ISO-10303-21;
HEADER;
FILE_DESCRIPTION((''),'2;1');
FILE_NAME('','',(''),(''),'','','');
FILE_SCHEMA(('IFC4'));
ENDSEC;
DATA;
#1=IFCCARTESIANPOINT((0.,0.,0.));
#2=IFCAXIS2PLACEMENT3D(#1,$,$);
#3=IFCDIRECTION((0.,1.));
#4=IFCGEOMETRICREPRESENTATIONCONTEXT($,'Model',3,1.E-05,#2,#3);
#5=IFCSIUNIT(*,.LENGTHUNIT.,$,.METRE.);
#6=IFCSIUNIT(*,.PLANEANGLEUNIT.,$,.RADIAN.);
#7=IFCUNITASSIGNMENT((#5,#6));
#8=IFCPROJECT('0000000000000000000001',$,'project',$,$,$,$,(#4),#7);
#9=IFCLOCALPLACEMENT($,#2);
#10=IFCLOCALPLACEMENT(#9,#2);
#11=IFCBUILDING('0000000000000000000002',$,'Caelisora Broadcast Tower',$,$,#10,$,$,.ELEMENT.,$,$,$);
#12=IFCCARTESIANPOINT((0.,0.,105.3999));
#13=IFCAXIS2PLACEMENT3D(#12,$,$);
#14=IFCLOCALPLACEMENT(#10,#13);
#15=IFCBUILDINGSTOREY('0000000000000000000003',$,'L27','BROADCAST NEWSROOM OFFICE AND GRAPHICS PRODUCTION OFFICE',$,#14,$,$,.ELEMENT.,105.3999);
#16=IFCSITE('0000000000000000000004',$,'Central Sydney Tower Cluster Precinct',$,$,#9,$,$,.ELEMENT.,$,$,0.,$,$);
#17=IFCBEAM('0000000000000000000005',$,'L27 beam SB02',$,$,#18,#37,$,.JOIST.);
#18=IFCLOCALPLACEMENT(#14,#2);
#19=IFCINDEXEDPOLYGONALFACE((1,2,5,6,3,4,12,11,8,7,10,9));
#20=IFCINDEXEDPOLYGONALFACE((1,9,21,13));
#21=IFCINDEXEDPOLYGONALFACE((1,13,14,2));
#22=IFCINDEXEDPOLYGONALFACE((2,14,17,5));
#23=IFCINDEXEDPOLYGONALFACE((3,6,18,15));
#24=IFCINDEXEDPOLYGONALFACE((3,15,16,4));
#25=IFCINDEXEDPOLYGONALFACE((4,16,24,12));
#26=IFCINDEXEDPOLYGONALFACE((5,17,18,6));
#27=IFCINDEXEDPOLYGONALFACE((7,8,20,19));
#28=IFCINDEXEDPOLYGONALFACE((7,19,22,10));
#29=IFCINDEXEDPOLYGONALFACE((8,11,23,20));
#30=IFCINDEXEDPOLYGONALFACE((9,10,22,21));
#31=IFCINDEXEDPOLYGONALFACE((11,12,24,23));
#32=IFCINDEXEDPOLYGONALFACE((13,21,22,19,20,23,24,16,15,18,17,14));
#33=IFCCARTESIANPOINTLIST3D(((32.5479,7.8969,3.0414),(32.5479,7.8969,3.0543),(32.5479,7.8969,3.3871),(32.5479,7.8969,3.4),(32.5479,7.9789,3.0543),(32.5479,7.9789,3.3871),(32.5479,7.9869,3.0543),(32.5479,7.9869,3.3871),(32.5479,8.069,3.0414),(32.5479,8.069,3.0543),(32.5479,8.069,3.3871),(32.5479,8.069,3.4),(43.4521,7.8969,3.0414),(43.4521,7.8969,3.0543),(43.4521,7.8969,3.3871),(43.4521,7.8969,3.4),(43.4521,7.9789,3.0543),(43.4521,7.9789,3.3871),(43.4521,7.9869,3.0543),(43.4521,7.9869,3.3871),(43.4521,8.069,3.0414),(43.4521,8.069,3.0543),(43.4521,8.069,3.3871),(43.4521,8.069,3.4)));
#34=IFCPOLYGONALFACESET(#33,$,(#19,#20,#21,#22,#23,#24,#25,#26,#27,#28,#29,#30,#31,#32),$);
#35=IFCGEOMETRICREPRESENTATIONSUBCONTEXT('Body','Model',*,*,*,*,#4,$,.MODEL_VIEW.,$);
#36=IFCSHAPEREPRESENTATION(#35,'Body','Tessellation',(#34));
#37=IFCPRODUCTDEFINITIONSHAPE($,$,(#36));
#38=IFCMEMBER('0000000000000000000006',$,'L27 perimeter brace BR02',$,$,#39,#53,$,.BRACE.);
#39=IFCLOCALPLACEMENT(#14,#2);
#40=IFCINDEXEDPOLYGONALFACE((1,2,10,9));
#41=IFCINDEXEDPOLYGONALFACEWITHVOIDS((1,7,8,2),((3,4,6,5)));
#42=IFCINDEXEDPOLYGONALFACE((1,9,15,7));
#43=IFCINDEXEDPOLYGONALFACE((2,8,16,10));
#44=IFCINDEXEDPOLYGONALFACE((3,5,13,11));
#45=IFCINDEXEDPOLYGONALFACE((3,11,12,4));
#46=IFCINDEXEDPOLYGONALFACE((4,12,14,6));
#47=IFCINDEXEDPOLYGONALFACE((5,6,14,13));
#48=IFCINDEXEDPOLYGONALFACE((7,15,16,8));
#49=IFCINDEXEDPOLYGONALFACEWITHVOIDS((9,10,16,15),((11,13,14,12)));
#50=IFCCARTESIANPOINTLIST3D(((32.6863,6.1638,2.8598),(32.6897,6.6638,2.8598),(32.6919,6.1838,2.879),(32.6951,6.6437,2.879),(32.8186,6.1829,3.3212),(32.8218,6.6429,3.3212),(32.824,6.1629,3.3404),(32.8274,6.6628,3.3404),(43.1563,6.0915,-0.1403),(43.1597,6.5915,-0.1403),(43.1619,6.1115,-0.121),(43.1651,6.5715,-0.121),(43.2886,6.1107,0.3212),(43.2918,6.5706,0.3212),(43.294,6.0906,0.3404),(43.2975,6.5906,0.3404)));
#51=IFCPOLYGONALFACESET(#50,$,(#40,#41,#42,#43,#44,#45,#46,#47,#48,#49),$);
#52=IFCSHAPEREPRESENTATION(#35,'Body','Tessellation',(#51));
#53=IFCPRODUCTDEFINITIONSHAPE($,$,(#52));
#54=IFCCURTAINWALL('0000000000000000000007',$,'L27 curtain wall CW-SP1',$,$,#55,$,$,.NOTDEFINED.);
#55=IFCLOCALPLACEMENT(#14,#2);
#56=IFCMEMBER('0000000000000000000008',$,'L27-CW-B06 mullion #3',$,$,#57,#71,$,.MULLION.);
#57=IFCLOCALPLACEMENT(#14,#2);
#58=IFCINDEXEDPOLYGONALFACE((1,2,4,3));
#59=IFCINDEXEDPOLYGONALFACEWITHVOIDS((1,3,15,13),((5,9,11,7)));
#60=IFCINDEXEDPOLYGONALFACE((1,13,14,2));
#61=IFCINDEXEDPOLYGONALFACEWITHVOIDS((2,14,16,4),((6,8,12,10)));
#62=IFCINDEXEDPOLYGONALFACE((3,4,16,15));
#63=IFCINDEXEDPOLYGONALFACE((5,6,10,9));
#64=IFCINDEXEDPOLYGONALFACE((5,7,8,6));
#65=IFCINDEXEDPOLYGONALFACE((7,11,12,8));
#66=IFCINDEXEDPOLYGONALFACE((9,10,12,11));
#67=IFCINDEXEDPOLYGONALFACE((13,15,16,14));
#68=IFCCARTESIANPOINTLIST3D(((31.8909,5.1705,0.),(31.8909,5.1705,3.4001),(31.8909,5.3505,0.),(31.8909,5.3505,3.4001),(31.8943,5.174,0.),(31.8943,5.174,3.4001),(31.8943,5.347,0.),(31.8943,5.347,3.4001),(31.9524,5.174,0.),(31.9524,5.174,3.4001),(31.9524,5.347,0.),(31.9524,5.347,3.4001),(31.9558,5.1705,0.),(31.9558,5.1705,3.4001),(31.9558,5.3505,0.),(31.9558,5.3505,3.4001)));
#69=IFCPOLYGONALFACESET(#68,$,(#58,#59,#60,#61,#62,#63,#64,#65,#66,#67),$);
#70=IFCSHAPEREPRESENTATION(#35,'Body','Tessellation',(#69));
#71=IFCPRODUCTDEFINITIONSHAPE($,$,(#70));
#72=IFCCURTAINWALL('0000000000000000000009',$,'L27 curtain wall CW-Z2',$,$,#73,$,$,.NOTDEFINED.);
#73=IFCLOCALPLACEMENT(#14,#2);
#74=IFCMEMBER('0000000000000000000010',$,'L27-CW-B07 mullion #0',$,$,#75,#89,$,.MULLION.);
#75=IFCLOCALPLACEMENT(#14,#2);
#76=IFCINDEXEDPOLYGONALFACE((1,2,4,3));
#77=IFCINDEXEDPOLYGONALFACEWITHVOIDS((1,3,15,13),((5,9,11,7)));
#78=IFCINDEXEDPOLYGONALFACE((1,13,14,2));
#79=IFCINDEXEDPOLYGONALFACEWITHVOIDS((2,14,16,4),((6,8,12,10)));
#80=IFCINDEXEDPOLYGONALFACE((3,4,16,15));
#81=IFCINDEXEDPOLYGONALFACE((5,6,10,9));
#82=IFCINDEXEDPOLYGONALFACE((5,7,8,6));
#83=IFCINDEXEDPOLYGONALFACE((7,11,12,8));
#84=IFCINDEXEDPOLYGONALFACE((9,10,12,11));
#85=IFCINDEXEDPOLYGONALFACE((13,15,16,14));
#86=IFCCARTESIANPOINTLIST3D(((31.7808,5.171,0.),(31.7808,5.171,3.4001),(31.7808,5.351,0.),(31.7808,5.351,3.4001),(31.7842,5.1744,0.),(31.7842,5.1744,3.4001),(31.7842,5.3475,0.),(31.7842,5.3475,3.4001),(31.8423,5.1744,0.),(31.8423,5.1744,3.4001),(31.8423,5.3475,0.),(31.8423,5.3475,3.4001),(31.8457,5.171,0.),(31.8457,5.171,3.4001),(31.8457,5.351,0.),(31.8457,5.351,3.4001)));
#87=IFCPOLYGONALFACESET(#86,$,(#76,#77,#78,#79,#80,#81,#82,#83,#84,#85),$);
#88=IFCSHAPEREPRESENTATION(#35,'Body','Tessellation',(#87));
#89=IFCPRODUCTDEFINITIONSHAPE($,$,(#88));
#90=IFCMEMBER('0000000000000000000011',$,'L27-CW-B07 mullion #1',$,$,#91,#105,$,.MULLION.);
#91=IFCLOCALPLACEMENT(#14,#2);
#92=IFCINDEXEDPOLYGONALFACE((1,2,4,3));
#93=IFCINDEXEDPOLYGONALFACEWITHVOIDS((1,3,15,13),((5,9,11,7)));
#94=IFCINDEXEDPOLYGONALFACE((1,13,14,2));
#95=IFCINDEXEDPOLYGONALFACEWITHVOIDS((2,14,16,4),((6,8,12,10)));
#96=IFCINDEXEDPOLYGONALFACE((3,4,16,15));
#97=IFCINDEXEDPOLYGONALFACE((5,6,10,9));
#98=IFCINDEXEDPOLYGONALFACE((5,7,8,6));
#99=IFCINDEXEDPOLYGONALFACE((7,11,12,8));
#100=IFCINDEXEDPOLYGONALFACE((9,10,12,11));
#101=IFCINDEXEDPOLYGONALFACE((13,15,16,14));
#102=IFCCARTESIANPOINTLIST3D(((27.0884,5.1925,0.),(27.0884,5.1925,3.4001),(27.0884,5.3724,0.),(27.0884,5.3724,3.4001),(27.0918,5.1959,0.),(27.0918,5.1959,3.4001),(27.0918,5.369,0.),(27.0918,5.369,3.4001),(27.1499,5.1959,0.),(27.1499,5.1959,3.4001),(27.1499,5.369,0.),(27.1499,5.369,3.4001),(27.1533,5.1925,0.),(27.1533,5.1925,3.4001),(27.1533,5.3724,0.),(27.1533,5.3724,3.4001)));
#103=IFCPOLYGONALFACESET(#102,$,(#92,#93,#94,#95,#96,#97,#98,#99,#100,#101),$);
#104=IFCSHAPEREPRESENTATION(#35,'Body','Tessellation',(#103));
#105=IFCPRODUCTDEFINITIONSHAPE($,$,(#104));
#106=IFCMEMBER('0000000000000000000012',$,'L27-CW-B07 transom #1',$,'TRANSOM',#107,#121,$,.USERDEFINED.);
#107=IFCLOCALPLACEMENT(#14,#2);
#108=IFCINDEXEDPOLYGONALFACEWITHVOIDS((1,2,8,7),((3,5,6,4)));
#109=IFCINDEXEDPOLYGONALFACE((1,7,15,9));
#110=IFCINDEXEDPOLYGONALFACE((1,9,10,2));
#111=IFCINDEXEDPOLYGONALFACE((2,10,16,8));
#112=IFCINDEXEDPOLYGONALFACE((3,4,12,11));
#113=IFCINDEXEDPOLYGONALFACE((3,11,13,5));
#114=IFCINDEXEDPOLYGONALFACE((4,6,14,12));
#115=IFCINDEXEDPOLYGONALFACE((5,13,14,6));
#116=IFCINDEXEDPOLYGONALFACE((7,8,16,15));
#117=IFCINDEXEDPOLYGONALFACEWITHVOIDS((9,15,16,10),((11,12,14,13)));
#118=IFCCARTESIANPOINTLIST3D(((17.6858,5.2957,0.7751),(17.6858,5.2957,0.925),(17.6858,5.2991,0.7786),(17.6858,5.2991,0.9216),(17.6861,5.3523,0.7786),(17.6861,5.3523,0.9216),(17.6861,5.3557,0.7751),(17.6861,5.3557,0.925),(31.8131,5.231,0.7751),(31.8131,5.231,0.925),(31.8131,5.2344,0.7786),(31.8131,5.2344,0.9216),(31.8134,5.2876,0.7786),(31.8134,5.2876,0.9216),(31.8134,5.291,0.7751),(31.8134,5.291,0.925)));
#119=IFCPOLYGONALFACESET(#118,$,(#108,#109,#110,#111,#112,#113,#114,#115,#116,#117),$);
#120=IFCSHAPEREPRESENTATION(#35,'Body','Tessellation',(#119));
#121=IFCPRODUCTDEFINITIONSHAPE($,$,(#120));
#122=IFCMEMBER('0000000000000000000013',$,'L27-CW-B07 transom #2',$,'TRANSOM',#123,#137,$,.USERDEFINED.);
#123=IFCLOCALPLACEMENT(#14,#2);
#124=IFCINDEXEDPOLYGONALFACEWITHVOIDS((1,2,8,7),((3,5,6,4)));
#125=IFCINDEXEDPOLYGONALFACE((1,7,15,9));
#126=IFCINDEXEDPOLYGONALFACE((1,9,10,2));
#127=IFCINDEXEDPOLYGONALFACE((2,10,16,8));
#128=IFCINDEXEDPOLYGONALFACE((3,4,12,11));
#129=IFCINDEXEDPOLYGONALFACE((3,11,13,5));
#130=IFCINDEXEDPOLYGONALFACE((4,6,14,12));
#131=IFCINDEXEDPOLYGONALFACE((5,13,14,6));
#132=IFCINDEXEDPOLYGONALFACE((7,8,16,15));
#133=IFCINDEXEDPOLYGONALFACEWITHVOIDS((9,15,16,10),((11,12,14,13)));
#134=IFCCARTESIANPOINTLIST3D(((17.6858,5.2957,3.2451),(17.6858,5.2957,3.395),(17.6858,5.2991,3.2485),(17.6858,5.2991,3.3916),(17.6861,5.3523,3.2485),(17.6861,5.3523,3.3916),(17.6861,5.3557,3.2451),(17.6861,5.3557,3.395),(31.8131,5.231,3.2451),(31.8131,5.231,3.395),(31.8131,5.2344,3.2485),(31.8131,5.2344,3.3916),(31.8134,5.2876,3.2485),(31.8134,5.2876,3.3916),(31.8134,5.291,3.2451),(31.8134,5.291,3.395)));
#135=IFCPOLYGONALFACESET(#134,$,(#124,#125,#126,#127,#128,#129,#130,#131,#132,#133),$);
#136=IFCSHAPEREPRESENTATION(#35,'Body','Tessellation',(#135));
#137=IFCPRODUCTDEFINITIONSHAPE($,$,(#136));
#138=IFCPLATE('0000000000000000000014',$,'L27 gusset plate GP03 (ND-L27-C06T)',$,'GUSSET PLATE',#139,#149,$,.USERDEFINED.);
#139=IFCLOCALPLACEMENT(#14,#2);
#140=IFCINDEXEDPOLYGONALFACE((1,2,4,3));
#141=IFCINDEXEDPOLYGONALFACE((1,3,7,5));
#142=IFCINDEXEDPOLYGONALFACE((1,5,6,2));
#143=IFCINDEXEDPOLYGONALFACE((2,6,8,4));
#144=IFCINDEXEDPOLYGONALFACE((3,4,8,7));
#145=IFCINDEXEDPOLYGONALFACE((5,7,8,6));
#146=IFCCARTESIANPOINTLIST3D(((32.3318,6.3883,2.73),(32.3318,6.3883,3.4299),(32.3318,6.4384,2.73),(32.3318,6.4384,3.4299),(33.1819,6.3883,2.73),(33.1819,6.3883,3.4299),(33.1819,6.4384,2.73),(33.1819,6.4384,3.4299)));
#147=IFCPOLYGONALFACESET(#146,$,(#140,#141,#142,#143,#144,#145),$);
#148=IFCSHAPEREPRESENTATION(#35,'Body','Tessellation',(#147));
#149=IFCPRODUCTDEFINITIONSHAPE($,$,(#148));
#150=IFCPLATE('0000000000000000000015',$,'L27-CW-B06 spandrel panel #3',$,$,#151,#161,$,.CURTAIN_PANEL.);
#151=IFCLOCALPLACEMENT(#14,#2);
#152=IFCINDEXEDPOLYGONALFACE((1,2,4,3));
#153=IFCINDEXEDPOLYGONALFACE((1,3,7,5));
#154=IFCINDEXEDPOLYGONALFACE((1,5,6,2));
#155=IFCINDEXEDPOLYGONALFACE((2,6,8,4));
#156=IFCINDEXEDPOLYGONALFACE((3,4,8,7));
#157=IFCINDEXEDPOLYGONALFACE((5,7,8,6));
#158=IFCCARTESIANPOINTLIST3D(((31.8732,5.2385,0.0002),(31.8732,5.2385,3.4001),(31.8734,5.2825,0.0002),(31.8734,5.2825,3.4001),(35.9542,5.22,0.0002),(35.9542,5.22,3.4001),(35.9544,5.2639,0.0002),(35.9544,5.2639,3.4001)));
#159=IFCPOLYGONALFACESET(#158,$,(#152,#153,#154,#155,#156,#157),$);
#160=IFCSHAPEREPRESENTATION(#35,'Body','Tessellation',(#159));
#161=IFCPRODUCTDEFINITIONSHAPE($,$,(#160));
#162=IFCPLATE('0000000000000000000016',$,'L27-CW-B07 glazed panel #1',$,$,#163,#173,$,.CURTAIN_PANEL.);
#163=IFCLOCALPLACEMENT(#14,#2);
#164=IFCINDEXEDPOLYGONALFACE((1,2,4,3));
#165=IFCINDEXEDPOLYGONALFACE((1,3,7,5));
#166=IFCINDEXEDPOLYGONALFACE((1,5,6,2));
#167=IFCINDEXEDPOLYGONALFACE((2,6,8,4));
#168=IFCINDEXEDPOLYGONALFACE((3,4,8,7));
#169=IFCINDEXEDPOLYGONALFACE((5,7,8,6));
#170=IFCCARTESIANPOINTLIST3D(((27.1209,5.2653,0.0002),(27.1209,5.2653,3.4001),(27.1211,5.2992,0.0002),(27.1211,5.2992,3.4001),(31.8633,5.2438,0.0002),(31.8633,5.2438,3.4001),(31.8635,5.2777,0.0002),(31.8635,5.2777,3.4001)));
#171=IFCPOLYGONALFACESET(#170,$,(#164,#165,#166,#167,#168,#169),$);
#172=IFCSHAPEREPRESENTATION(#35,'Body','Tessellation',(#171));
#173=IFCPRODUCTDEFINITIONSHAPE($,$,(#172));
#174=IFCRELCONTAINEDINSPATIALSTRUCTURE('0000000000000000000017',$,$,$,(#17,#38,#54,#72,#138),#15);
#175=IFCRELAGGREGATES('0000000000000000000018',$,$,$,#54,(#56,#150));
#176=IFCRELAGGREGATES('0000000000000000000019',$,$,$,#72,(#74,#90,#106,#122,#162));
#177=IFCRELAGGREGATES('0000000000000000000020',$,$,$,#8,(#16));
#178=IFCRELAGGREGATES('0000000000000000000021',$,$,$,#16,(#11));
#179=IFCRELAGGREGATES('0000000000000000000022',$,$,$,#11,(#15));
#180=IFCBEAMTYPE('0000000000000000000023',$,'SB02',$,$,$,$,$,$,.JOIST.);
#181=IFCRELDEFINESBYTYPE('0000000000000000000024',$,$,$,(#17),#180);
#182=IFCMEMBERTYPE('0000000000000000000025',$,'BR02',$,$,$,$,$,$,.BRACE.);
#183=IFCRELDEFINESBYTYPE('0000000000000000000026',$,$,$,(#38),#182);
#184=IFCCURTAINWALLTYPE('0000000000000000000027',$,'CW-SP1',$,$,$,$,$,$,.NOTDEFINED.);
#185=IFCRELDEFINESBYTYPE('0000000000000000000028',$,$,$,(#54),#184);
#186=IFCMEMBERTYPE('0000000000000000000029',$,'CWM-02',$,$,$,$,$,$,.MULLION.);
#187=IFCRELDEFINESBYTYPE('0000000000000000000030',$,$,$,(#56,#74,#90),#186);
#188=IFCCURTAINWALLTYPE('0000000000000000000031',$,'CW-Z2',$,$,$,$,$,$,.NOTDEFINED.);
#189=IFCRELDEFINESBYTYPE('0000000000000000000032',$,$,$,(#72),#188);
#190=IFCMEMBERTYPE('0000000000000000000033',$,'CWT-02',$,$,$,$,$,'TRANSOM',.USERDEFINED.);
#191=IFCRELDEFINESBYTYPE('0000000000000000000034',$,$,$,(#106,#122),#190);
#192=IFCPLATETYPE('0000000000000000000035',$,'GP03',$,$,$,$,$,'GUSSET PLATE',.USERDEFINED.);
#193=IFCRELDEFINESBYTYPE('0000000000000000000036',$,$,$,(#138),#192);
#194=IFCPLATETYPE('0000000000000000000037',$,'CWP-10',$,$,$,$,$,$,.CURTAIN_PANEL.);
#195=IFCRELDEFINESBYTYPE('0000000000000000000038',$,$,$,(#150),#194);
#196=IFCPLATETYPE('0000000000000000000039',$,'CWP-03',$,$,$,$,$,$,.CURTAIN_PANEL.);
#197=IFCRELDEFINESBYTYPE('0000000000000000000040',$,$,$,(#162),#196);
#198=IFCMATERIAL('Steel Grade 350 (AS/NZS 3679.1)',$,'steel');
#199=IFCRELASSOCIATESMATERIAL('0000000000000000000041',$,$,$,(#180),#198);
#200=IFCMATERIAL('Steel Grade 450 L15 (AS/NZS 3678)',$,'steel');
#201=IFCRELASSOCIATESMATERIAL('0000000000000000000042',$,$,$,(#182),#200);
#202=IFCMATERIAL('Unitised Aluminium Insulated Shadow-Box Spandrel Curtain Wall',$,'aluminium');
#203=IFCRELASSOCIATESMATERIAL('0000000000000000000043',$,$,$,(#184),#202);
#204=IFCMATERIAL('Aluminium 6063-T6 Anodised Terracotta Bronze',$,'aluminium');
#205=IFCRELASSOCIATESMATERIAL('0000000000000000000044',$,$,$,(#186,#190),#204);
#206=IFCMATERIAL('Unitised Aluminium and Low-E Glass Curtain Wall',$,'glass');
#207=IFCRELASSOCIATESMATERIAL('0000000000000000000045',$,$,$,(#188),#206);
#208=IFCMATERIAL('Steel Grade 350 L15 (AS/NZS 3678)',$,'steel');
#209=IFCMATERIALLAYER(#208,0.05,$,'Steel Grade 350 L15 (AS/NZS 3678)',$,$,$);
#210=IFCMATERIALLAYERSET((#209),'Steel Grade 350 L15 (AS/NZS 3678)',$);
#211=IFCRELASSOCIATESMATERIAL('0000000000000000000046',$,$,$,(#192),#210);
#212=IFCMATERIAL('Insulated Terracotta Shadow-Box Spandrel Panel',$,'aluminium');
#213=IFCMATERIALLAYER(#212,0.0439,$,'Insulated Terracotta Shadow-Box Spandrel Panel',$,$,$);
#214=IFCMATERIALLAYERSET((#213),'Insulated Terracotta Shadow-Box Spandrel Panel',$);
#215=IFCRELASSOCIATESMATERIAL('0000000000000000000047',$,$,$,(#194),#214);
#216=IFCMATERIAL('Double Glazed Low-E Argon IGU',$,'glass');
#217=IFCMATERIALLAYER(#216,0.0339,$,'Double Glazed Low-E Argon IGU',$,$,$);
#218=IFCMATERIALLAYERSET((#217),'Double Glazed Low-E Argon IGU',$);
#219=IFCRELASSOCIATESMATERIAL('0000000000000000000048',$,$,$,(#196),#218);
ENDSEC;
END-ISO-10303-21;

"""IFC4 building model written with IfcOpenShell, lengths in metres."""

from ifc_helpers import new_model, si_unit, direction, frame, origin, origin_2d, place, context, subcontext, project, spatial, rectangle, hollow_rectangle, i_section, extrude, source, transform, mapped, material, layer, layer_set, material_profile, profile_set, type_object, type_shapes, element, aggregate, save


model = new_model("IFC4")

# Units and contexts
model_context = context("Model", 3, precision=1e-05, world=origin(), true_north=direction((0.0, 1.0)))
body_context = subcontext(model_context, "Body", "Model", "MODEL_VIEW")
ifc_project = project(units=[si_unit("LENGTHUNIT", "METRE"), si_unit("PLANEANGLEUNIT", "RADIAN")], contexts=[model_context])

# Site, building, storey
site_placement = place(None, origin())
site = spatial("IfcSite", under=ifc_project, at=site_placement, Name="Central Sydney Tower Cluster Precinct", CompositionType="ELEMENT", RefElevation=0.0)
building_placement = place(site_placement, origin())
building = spatial("IfcBuilding", under=site, at=building_placement, Name="Caelisora Broadcast Tower", CompositionType="ELEMENT")
storey_placement = place(building_placement, frame((0.0, 0.0, 105.3999)))
storey = spatial("IfcBuildingStorey", under=building, at=storey_placement, Name="L27", Description="BROADCAST NEWSROOM OFFICE AND GRAPHICS PRODUCTION OFFICE", CompositionType="ELEMENT", Elevation=105.3999)

# Shared definitions
ifc_material_1 = material(Name="Steel Grade 350 L15 (AS/NZS 3678)", Category="steel")

# Beam
ifc_material_2 = material(Name="Steel Grade 350 (AS/NZS 3679.1)", Category="steel")
ifc_material_profile_1 = material_profile(ifc_material_2, i_section(OverallWidth=0.1721, OverallDepth=0.3586, WebThickness=0.0081, FlangeThickness=0.0129, at=origin_2d()), Name="Steel Grade 350 (AS/NZS 3679.1)")
ifc_profile_set_1 = profile_set([ifc_material_profile_1], Name="Steel Grade 350 (AS/NZS 3679.1)")
beam_type_1 = type_object("IfcBeamType", Name="SB02", PredefinedType="JOIST", material=ifc_profile_set_1)
shared_shape_1 = source(origin(), body_context, "Body", "SweptSolid", [
    extrude(i_section(OverallWidth=0.1721, OverallDepth=0.3586, WebThickness=0.0081, FlangeThickness=0.0129, at=origin_2d()), origin(), (0.0, 0.0, 1.0), 10.9043),
])
beam_1_placement = place(storey_placement, frame((32.5479, 7.9829, 3.2207), z_axis=(1.0, 0.0, 0.0), x_axis=(0.0, 1.0, 0.0)))
element("IfcBeam", 1, at=beam_1_placement, inside=storey, type_object=beam_type_1, Name="L27 beam SB02", PredefinedType="JOIST", context=body_context, shape_type="MappedRepresentation", body=[
    mapped(shared_shape_1, transform((0.0, 0.0, 0.0), scale=1.0)),
])

# Member
ifc_material_3 = material(Name="Steel Grade 450 L15 (AS/NZS 3678)", Category="steel")
ifc_material_profile_2 = material_profile(ifc_material_3, hollow_rectangle(XDim=0.5, YDim=0.5, WallThickness=0.02, at=origin_2d()), Name="Steel Grade 450 L15 (AS/NZS 3678)")
ifc_profile_set_2 = profile_set([ifc_material_profile_2], Name="Steel Grade 450 L15 (AS/NZS 3678)")
member_type_1 = type_object("IfcMemberType", Name="BR02", PredefinedType="BRACE", material=ifc_profile_set_2)
shared_shape_2 = source(origin(), body_context, "Body", "SweptSolid", [
    extrude(hollow_rectangle(XDim=0.5, YDim=0.5, WallThickness=0.02, at=origin_2d()), origin(), (0.0, 0.0, 1.0), 10.8916),
])
type_shapes(member_type_1, [shared_shape_2])
member_1_placement = place(storey_placement, frame((32.7568, 6.4133, 3.1001), z_axis=(0.961294, -0.006635, -0.275443), x_axis=(0.006902, 0.999976, 0.0)))
element("IfcMember", 2, at=member_1_placement, inside=storey, type_object=member_type_1, Name="L27 perimeter brace BR02", PredefinedType="BRACE", context=body_context, shape_type="MappedRepresentation", body=[
    mapped(shared_shape_2, transform((0.0, 0.0, 0.0), scale=1.0)),
])

# Curtain wall, member
ifc_material_4 = material(Name="Unitised Aluminium Insulated Shadow-Box Spandrel Curtain Wall", Category="aluminium")
curtain_wall_type_1 = type_object("IfcCurtainWallType", Name="CW-SP1", PredefinedType="NOTDEFINED", material=ifc_material_4)
curtain_wall_1_placement = place(storey_placement, origin())
curtain_wall_1 = element("IfcCurtainWall", 3, at=curtain_wall_1_placement, inside=storey, type_object=curtain_wall_type_1, Name="L27 curtain wall CW-SP1", PredefinedType="NOTDEFINED")
ifc_material_5 = material(Name="Aluminium 6063-T6 Anodised Terracotta Bronze", Category="aluminium")
ifc_material_profile_3 = material_profile(ifc_material_5, hollow_rectangle(XDim=0.0649, YDim=0.1799, WallThickness=0.0034, at=origin_2d()), Name="Aluminium 6063-T6 Anodised Terracotta Bronze")
ifc_profile_set_3 = profile_set([ifc_material_profile_3], Name="Aluminium 6063-T6 Anodised Terracotta Bronze")
member_type_2 = type_object("IfcMemberType", Name="CWM-02", PredefinedType="MULLION", material=ifc_profile_set_3)
shared_shape_3 = source(origin(), body_context, "Body", "SweptSolid", [
    extrude(hollow_rectangle(XDim=0.0649, YDim=0.1799, WallThickness=0.0034, at=origin_2d()), origin(), (0.0, 0.0, 1.0), 3.4001),
])
type_shapes(member_type_2, [shared_shape_3])
member_2_placement = place(storey_placement, frame((31.9233, 5.2605, 0.0), z_axis=(0.0, 0.0, 1.0), x_axis=(1.0, 0.0, 0.0)))
member_2 = element("IfcMember", 4, at=member_2_placement, type_object=member_type_2, Name="L27-CW-B06 mullion #3", PredefinedType="MULLION", context=body_context, shape_type="MappedRepresentation", body=[
    mapped(shared_shape_3, transform((0.0, 0.0, 0.0), scale=1.0)),
])

# Curtain wall, members
ifc_material_6 = material(Name="Unitised Aluminium and Low-E Glass Curtain Wall", Category="glass")
curtain_wall_type_2 = type_object("IfcCurtainWallType", Name="CW-Z2", PredefinedType="NOTDEFINED", material=ifc_material_6)
curtain_wall_2_placement = place(storey_placement, origin())
curtain_wall_2 = element("IfcCurtainWall", 5, at=curtain_wall_2_placement, inside=storey, type_object=curtain_wall_type_2, Name="L27 curtain wall CW-Z2", PredefinedType="NOTDEFINED")
member_3_placement = place(storey_placement, frame((31.8132, 5.261, 0.0), z_axis=(0.0, 0.0, 1.0), x_axis=(1.0, 0.0, 0.0)))
member_3 = element("IfcMember", 6, at=member_3_placement, type_object=member_type_2, Name="L27-CW-B07 mullion #0", PredefinedType="MULLION", context=body_context, shape_type="MappedRepresentation", body=[
    mapped(shared_shape_3, transform((0.0, 0.0, 0.0), scale=1.0)),
])
member_4_placement = place(storey_placement, frame((27.1208, 5.2825, 0.0), z_axis=(0.0, 0.0, 1.0), x_axis=(1.0, 0.0, 0.0)))
member_4 = element("IfcMember", 7, at=member_4_placement, type_object=member_type_2, Name="L27-CW-B07 mullion #1", PredefinedType="MULLION", context=body_context, shape_type="MappedRepresentation", body=[
    mapped(shared_shape_3, transform((0.0, 0.0, 0.0), scale=1.0)),
])
ifc_material_profile_4 = material_profile(ifc_material_5, hollow_rectangle(XDim=0.0601, YDim=0.1499, WallThickness=0.0034, at=origin_2d()), Name="Aluminium 6063-T6 Anodised Terracotta Bronze")
ifc_profile_set_4 = profile_set([ifc_material_profile_4], Name="Aluminium 6063-T6 Anodised Terracotta Bronze")
member_type_3 = type_object("IfcMemberType", Name="CWT-02", ElementType="TRANSOM", PredefinedType="USERDEFINED", material=ifc_profile_set_4)
shared_shape_4 = source(origin(), body_context, "Body", "SweptSolid", [
    extrude(hollow_rectangle(XDim=0.0601, YDim=0.1499, WallThickness=0.0034, at=origin_2d()), origin(), (0.0, 0.0, 1.0), 14.1274),
])
type_shapes(member_type_3, [shared_shape_4])
member_5_placement = place(storey_placement, frame((31.8132, 5.261, 0.8501), z_axis=(-0.99999, 0.00458, 0.0), x_axis=(-0.00458, -0.99999, 0.0)))
member_5 = element("IfcMember", 8, at=member_5_placement, type_object=member_type_3, Name="L27-CW-B07 transom #1", ObjectType="TRANSOM", PredefinedType="USERDEFINED", context=body_context, shape_type="MappedRepresentation", body=[
    mapped(shared_shape_4, transform((0.0, 0.0, 0.0), scale=1.0)),
])
member_6_placement = place(storey_placement, frame((31.8132, 5.261, 3.3201), z_axis=(-0.99999, 0.00458, 0.0), x_axis=(-0.00458, -0.99999, 0.0)))
member_6 = element("IfcMember", 9, at=member_6_placement, type_object=member_type_3, Name="L27-CW-B07 transom #2", ObjectType="TRANSOM", PredefinedType="USERDEFINED", context=body_context, shape_type="MappedRepresentation", body=[
    mapped(shared_shape_4, transform((0.0, 0.0, 0.0), scale=1.0)),
])

# Plates
ifc_layer_1 = layer(ifc_material_1, 0.05, Name="Steel Grade 350 L15 (AS/NZS 3678)")
ifc_layer_set_1 = layer_set([ifc_layer_1], Name="Steel Grade 350 L15 (AS/NZS 3678)")
plate_type_1 = type_object("IfcPlateType", Name="GP03", ElementType="GUSSET PLATE", PredefinedType="USERDEFINED", material=ifc_layer_set_1)
shared_shape_5 = source(origin(), body_context, "Body", "SweptSolid", [
    extrude(rectangle(XDim=0.8501, YDim=0.05, at=origin_2d()), origin(), (0.0, 0.0, 1.0), 0.7),
])
type_shapes(plate_type_1, [shared_shape_5])
plate_1_placement = place(storey_placement, frame((32.7568, 6.4133, 2.73), z_axis=(0.0, 0.0, 1.0), x_axis=(1.0, 0.0, 0.0)))
element("IfcPlate", 10, at=plate_1_placement, inside=storey, type_object=plate_type_1, Name="L27 gusset plate GP03 (ND-L27-C06T)", ObjectType="GUSSET PLATE", PredefinedType="USERDEFINED", context=body_context, shape_type="MappedRepresentation", body=[
    mapped(shared_shape_5, transform((0.0, 0.0, 0.0), scale=1.0)),
])
ifc_material_7 = material(Name="Insulated Terracotta Shadow-Box Spandrel Panel", Category="aluminium")
ifc_layer_2 = layer(ifc_material_7, 0.0439, Name="Insulated Terracotta Shadow-Box Spandrel Panel")
ifc_layer_set_2 = layer_set([ifc_layer_2], Name="Insulated Terracotta Shadow-Box Spandrel Panel")
plate_type_2 = type_object("IfcPlateType", Name="CWP-10", PredefinedType="CURTAIN_PANEL", material=ifc_layer_set_2)
shared_shape_6 = source(origin(), body_context, "Body", "SweptSolid", [
    extrude(rectangle(XDim=4.0811, YDim=0.0439, at=origin_2d()), origin(), (0.0, 0.0, 1.0), 3.3999),
])
type_shapes(plate_type_2, [shared_shape_6])
plate_2_placement = place(storey_placement, frame((33.9138, 5.2512, 0.0002), z_axis=(0.0, 0.0, 1.0), x_axis=(-0.99999, 0.004538, 0.0)))
plate_2 = element("IfcPlate", 11, at=plate_2_placement, type_object=plate_type_2, Name="L27-CW-B06 spandrel panel #3", PredefinedType="CURTAIN_PANEL", context=body_context, shape_type="MappedRepresentation", body=[
    mapped(shared_shape_6, transform((0.0, 0.0, 0.0), scale=1.0)),
])
aggregate(curtain_wall_1, [member_2, plate_2])
ifc_material_8 = material(Name="Double Glazed Low-E Argon IGU", Category="glass")
ifc_layer_3 = layer(ifc_material_8, 0.0339, Name="Double Glazed Low-E Argon IGU")
ifc_layer_set_3 = layer_set([ifc_layer_3], Name="Double Glazed Low-E Argon IGU")
plate_type_3 = type_object("IfcPlateType", Name="CWP-03", PredefinedType="CURTAIN_PANEL", material=ifc_layer_set_3)
shared_shape_7 = source(origin(), body_context, "Body", "SweptSolid", [
    extrude(rectangle(XDim=4.7424, YDim=0.0339, at=origin_2d()), origin(), (0.0, 0.0, 1.0), 3.3999),
])
type_shapes(plate_type_3, [shared_shape_7])
plate_3_placement = place(storey_placement, frame((29.4922, 5.2715, 0.0002), z_axis=(0.0, 0.0, 1.0), x_axis=(-0.99999, 0.004538, 0.0)))
plate_3 = element("IfcPlate", 12, at=plate_3_placement, type_object=plate_type_3, Name="L27-CW-B07 glazed panel #1", PredefinedType="CURTAIN_PANEL", context=body_context, shape_type="MappedRepresentation", body=[
    mapped(shared_shape_7, transform((0.0, 0.0, 0.0), scale=1.0)),
])
aggregate(curtain_wall_2, [member_3, member_4, member_5, member_6, plate_3])

save(model, "model.ifc")
